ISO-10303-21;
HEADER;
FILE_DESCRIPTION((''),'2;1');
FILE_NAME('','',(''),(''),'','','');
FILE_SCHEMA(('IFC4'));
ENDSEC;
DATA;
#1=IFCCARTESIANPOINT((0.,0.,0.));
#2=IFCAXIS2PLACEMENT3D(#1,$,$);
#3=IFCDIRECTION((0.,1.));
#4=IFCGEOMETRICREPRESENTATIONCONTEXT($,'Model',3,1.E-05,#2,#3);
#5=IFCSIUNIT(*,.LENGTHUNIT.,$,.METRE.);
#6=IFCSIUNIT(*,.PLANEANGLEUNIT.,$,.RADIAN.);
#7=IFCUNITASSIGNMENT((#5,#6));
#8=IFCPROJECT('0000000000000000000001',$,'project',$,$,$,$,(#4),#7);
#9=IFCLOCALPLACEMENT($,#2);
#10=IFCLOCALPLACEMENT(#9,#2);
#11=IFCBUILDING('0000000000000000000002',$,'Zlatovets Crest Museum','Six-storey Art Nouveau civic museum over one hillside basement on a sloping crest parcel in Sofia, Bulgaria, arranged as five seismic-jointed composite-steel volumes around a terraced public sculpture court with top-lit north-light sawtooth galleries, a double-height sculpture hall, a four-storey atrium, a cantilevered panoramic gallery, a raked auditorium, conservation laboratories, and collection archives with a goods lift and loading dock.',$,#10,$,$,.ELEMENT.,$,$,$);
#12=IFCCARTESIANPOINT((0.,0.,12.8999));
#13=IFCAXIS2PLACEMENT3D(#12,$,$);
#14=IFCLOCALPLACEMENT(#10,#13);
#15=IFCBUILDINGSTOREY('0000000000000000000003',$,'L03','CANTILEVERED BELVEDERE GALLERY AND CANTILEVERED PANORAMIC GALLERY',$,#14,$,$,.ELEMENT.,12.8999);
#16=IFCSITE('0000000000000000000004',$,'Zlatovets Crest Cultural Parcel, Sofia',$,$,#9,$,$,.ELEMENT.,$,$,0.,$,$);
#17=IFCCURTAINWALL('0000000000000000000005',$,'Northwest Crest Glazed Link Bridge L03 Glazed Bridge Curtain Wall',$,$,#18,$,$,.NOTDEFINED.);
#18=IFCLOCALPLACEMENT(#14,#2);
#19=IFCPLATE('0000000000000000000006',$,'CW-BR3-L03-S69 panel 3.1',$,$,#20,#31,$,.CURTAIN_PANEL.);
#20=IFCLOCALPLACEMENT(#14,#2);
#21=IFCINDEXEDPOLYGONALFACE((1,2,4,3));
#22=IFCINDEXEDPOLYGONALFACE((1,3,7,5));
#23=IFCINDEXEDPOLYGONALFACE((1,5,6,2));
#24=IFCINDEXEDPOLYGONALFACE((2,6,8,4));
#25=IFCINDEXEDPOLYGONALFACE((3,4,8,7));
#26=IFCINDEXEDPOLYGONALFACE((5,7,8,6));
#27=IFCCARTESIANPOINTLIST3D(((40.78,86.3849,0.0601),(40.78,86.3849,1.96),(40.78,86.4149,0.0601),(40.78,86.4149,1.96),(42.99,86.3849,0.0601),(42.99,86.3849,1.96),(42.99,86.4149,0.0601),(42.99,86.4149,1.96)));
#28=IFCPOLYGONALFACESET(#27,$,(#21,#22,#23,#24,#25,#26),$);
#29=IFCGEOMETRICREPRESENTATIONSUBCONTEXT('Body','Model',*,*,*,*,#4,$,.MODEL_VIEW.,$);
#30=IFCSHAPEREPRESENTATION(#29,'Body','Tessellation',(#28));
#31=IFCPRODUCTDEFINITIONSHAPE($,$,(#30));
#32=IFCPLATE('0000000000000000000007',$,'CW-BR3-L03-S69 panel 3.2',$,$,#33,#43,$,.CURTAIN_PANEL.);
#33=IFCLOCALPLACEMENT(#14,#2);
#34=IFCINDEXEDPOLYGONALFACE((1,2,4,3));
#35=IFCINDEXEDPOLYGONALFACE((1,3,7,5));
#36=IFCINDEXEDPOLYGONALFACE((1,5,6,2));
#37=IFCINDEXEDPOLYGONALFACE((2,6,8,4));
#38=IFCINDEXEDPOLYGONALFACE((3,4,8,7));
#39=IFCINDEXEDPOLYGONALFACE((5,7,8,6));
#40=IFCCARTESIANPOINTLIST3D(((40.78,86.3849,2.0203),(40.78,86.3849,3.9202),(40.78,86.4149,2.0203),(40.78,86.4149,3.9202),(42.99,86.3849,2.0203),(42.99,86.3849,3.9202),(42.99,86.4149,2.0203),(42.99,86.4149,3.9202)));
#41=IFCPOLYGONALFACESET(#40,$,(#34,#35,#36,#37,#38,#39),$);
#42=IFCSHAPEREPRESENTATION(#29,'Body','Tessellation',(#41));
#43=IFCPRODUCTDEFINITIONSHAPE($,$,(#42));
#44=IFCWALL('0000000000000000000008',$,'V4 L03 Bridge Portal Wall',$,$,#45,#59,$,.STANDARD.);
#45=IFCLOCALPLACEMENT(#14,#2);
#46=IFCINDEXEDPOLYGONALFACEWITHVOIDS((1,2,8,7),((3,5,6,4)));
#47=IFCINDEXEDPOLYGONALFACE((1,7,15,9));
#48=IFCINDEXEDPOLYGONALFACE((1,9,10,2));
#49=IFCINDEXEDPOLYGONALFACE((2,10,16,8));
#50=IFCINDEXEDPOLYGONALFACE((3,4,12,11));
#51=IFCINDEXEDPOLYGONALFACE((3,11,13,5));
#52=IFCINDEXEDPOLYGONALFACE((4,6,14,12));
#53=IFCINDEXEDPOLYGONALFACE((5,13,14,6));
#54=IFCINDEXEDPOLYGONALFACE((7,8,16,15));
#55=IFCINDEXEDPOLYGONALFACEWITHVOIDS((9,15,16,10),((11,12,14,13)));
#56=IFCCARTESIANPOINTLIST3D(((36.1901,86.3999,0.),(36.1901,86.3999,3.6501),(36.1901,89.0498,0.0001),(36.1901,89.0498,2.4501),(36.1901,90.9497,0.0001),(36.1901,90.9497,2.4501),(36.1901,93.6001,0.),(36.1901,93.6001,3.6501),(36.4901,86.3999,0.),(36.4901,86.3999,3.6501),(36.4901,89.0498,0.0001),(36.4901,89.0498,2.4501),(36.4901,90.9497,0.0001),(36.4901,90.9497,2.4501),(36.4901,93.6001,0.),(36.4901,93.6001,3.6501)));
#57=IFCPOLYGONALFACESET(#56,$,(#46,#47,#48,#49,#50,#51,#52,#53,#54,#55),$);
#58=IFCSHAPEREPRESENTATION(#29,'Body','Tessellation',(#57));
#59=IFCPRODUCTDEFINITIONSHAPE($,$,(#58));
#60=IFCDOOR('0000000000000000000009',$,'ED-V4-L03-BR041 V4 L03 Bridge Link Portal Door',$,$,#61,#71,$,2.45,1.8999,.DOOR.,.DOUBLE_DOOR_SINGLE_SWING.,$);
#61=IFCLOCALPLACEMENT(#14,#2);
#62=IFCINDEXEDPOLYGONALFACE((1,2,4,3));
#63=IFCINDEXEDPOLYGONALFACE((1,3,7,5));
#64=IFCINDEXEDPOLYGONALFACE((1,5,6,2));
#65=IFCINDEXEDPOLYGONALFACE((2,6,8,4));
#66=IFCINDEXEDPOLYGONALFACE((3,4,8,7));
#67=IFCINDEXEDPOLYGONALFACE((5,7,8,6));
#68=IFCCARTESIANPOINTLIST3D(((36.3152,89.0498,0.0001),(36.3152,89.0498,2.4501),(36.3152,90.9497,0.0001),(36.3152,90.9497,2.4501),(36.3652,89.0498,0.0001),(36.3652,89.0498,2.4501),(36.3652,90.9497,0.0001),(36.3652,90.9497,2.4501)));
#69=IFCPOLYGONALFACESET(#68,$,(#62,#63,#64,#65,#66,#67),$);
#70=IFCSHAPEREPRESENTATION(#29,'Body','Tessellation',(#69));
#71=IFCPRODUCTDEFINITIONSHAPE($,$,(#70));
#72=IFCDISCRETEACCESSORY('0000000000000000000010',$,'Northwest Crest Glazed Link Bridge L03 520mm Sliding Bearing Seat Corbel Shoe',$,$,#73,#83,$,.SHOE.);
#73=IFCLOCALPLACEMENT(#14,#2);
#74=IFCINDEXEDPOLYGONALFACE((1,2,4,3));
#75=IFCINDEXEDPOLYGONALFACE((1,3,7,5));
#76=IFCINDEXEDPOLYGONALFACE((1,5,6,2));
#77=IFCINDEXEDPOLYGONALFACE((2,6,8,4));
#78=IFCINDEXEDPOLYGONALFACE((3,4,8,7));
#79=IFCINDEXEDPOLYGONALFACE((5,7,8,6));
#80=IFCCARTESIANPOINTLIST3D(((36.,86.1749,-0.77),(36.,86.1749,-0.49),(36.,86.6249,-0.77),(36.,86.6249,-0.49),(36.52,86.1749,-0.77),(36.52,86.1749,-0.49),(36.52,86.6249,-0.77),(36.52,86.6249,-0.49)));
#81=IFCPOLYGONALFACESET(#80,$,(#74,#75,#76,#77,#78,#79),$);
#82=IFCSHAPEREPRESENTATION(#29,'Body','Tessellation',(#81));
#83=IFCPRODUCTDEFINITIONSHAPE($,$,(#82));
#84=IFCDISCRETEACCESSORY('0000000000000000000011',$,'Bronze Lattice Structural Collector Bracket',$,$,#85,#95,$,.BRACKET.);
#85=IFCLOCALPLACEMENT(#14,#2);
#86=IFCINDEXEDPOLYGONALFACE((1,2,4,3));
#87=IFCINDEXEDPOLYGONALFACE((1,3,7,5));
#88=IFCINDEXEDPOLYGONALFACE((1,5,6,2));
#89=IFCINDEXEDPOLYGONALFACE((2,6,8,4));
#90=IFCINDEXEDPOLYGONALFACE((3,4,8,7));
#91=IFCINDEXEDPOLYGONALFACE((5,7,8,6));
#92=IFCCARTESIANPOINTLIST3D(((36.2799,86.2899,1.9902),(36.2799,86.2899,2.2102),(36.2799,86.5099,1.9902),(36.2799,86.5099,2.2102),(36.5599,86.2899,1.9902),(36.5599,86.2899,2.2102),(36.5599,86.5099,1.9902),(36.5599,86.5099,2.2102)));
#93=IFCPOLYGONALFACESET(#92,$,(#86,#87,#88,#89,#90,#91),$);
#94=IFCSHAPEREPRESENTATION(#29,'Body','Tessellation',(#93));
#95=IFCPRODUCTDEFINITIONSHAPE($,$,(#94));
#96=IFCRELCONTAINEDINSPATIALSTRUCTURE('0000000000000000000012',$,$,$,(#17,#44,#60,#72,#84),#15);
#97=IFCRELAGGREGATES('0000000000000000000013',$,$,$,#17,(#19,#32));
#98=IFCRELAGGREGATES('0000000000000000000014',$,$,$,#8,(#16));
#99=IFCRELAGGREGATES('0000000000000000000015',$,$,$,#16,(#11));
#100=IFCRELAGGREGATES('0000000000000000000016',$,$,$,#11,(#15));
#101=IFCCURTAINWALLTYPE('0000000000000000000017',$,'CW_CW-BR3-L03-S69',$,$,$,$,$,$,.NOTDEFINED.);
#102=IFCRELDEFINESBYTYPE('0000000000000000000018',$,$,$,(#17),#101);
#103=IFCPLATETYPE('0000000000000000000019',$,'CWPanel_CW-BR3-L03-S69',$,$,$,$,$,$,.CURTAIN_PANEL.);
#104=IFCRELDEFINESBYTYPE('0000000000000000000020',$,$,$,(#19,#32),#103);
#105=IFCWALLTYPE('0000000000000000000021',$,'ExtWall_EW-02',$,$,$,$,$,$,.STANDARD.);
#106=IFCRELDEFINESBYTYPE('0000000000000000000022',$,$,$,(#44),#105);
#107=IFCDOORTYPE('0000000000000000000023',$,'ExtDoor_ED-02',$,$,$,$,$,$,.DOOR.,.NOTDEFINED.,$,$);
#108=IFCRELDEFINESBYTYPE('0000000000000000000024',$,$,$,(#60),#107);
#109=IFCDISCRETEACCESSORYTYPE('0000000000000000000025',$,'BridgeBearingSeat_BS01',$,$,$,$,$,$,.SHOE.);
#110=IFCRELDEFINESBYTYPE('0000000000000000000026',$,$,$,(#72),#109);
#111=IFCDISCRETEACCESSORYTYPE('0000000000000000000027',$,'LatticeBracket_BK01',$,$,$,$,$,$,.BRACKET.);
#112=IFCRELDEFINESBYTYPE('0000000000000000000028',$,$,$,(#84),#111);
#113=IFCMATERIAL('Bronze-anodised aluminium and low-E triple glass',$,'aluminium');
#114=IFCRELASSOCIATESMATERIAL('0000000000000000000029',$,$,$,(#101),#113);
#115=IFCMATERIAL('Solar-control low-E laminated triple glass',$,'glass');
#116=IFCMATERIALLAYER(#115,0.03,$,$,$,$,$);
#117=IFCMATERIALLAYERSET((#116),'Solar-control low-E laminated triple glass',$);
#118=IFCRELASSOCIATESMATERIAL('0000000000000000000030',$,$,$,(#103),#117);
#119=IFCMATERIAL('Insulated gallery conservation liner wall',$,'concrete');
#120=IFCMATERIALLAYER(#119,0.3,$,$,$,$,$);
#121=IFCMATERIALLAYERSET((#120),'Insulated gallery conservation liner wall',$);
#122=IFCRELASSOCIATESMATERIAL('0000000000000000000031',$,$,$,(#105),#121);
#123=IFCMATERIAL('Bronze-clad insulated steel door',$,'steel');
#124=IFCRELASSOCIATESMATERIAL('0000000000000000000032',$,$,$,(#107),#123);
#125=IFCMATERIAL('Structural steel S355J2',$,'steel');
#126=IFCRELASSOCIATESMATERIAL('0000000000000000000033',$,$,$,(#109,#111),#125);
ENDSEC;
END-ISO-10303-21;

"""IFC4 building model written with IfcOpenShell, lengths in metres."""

from ifc_helpers import new_model, si_unit, direction, frame, frame_2d, origin, origin_2d, place, context, subcontext, project, spatial, rectangle, extrude, material, layer, layer_set, type_object, element, fill, aggregate, save


model = new_model("IFC4")

# Units and contexts
model_context = context("Model", 3, precision=1e-05, world=origin(), true_north=direction((0.0, 1.0)))
body_context = subcontext(model_context, "Body", "Model", "MODEL_VIEW")
ifc_project = project(units=[si_unit("LENGTHUNIT", "METRE"), si_unit("PLANEANGLEUNIT", "RADIAN")], contexts=[model_context])

# Site, building, storey
site_placement = place(None, origin())
site = spatial("IfcSite", under=ifc_project, at=site_placement, Name="Zlatovets Crest Cultural Parcel, Sofia", CompositionType="ELEMENT", RefElevation=0.0)
building_placement = place(site_placement, origin())
building = spatial("IfcBuilding", under=site, at=building_placement, Name="Zlatovets Crest Museum", Description="Six-storey Art Nouveau civic museum over one hillside basement on a sloping crest parcel in Sofia, Bulgaria, arranged as five seismic-jointed composite-steel volumes around a terraced public sculpture court with top-lit north-light sawtooth galleries, a double-height sculpture hall, a four-storey atrium, a cantilevered panoramic gallery, a raked auditorium, conservation laboratories, and collection archives with a goods lift and loading dock.", CompositionType="ELEMENT")
storey_placement = place(building_placement, frame((0.0, 0.0, 12.8999)))
storey = spatial("IfcBuildingStorey", under=building, at=storey_placement, Name="L03", Description="CANTILEVERED BELVEDERE GALLERY AND CANTILEVERED PANORAMIC GALLERY", CompositionType="ELEMENT", Elevation=12.8999)

# Shared definitions
ifc_material_1 = material(Name="Structural steel S355J2", Category="steel")

# Curtain wall, plates
ifc_material_2 = material(Name="Bronze-anodised aluminium and low-E triple glass", Category="aluminium")
curtain_wall_type = type_object("IfcCurtainWallType", Name="CW_CW-BR3-L03-S69", PredefinedType="NOTDEFINED", material=ifc_material_2)
curtain_wall_placement = place(storey_placement, origin())
curtain_wall = element("IfcCurtainWall", 1, at=curtain_wall_placement, inside=storey, type_object=curtain_wall_type, Name="Northwest Crest Glazed Link Bridge L03 Glazed Bridge Curtain Wall", PredefinedType="NOTDEFINED")
ifc_material_3 = material(Name="Solar-control low-E laminated triple glass", Category="glass")
ifc_layer_1 = layer(ifc_material_3, 0.03)
ifc_layer_set_1 = layer_set([ifc_layer_1], Name="Solar-control low-E laminated triple glass")
plate_type = type_object("IfcPlateType", Name="CWPanel_CW-BR3-L03-S69", PredefinedType="CURTAIN_PANEL", material=ifc_layer_set_1)
plate_1_placement = place(storey_placement, frame((41.885, 86.3999, 0.0601), z_axis=(0.0, 0.0, 1.0), x_axis=(1.0, 0.0, 0.0)))
plate_1 = element("IfcPlate", 2, at=plate_1_placement, type_object=plate_type, Name="CW-BR3-L03-S69 panel 3.1", PredefinedType="CURTAIN_PANEL", context=body_context, shape_type="SweptSolid", body=[
    extrude(rectangle(XDim=2.21, YDim=0.03, at=origin_2d()), origin(), (0.0, 0.0, 1.0), 1.8999),
])
plate_2_placement = place(storey_placement, frame((41.885, 86.3999, 2.0203), z_axis=(0.0, 0.0, 1.0), x_axis=(1.0, 0.0, 0.0)))
plate_2 = element("IfcPlate", 3, at=plate_2_placement, type_object=plate_type, Name="CW-BR3-L03-S69 panel 3.2", PredefinedType="CURTAIN_PANEL", context=body_context, shape_type="SweptSolid", body=[
    extrude(rectangle(XDim=2.21, YDim=0.03, at=origin_2d()), origin(), (0.0, 0.0, 1.0), 1.8999),
])
aggregate(curtain_wall, [plate_1, plate_2])

# Wall, opening, door
ifc_material_4 = material(Name="Insulated gallery conservation liner wall", Category="concrete")
ifc_layer_2 = layer(ifc_material_4, 0.3)
ifc_layer_set_2 = layer_set([ifc_layer_2], Name="Insulated gallery conservation liner wall")
wall_type = type_object("IfcWallType", Name="ExtWall_EW-02", PredefinedType="STANDARD", material=ifc_layer_set_2)
wall_placement = place(storey_placement, frame((36.3401, 86.3999, 0.0), z_axis=(0.0, 0.0, 1.0), x_axis=(0.0, 1.0, 0.0)))
wall = element("IfcWall", 4, at=wall_placement, inside=storey, type_object=wall_type, Name="V4 L03 Bridge Portal Wall", PredefinedType="STANDARD", context=body_context, shape_type="SweptSolid", body=[
    extrude(rectangle(XDim=7.2002, YDim=0.3, at=frame_2d((3.6001, 0.0))), origin(), (0.0, 0.0, 1.0), 3.6501),
])
opening_placement = place(wall_placement, frame((2.6499, 0.0, 0.0)))
opening = element("IfcOpeningElement", 5, at=opening_placement, cuts=wall, PredefinedType="OPENING", context=body_context, shape_type="SweptSolid", body=[
    extrude(rectangle(XDim=1.8999, YDim=2.45, at=frame_2d((0.95, 1.2251))), frame((0.0, 0.1602, 0.0), z_axis=(0.0, -1.0, 0.0), x_axis=(1.0, 0.0, 0.0)), (0.0, 0.0, 1.0), 0.3201),
])
ifc_material_5 = material(Name="Bronze-clad insulated steel door", Category="steel")
door_type = type_object("IfcDoorType", Name="ExtDoor_ED-02", OperationType="NOTDEFINED", PredefinedType="DOOR", material=ifc_material_5)
door_placement = place(opening_placement, origin())
door = element("IfcDoor", 6, at=door_placement, inside=storey, type_object=door_type, Name="ED-V4-L03-BR041 V4 L03 Bridge Link Portal Door", OperationType="DOUBLE_DOOR_SINGLE_SWING", OverallHeight=2.45, OverallWidth=1.8999, PredefinedType="DOOR", context=body_context, shape_type="SweptSolid", body=[
    extrude(rectangle(XDim=1.8999, YDim=2.45, at=frame_2d((0.95, 1.2251))), frame((0.0, 0.0249, 0.0), z_axis=(0.0, -1.0, 0.0), x_axis=(1.0, 0.0, 0.0)), (0.0, 0.0, 1.0), 0.05),
])
fill(opening, door)

# Discrete accessories
discrete_accessory_type_1 = type_object("IfcDiscreteAccessoryType", Name="BridgeBearingSeat_BS01", PredefinedType="SHOE", material=ifc_material_1)
discrete_accessory_1_placement = place(storey_placement, frame((36.26, 86.3999, -0.77), z_axis=(0.0, 0.0, 1.0), x_axis=(1.0, 0.0, 0.0)))
element("IfcDiscreteAccessory", 7, at=discrete_accessory_1_placement, inside=storey, type_object=discrete_accessory_type_1, Name="Northwest Crest Glazed Link Bridge L03 520mm Sliding Bearing Seat Corbel Shoe", PredefinedType="SHOE", context=body_context, shape_type="SweptSolid", body=[
    extrude(rectangle(XDim=0.52, YDim=0.45, at=origin_2d()), origin(), (0.0, 0.0, 1.0), 0.28),
])
discrete_accessory_type_2 = type_object("IfcDiscreteAccessoryType", Name="LatticeBracket_BK01", PredefinedType="BRACKET", material=ifc_material_1)
discrete_accessory_2_placement = place(storey_placement, frame((36.4199, 86.3999, 1.9902), z_axis=(0.0, 0.0, 1.0), x_axis=(1.0, 0.0, 0.0)))
element("IfcDiscreteAccessory", 8, at=discrete_accessory_2_placement, inside=storey, type_object=discrete_accessory_type_2, Name="Bronze Lattice Structural Collector Bracket", PredefinedType="BRACKET", context=body_context, shape_type="SweptSolid", body=[
    extrude(rectangle(XDim=0.28, YDim=0.22, at=origin_2d()), origin(), (0.0, 0.0, 1.0), 0.22),
])

save(model, "model.ifc")
